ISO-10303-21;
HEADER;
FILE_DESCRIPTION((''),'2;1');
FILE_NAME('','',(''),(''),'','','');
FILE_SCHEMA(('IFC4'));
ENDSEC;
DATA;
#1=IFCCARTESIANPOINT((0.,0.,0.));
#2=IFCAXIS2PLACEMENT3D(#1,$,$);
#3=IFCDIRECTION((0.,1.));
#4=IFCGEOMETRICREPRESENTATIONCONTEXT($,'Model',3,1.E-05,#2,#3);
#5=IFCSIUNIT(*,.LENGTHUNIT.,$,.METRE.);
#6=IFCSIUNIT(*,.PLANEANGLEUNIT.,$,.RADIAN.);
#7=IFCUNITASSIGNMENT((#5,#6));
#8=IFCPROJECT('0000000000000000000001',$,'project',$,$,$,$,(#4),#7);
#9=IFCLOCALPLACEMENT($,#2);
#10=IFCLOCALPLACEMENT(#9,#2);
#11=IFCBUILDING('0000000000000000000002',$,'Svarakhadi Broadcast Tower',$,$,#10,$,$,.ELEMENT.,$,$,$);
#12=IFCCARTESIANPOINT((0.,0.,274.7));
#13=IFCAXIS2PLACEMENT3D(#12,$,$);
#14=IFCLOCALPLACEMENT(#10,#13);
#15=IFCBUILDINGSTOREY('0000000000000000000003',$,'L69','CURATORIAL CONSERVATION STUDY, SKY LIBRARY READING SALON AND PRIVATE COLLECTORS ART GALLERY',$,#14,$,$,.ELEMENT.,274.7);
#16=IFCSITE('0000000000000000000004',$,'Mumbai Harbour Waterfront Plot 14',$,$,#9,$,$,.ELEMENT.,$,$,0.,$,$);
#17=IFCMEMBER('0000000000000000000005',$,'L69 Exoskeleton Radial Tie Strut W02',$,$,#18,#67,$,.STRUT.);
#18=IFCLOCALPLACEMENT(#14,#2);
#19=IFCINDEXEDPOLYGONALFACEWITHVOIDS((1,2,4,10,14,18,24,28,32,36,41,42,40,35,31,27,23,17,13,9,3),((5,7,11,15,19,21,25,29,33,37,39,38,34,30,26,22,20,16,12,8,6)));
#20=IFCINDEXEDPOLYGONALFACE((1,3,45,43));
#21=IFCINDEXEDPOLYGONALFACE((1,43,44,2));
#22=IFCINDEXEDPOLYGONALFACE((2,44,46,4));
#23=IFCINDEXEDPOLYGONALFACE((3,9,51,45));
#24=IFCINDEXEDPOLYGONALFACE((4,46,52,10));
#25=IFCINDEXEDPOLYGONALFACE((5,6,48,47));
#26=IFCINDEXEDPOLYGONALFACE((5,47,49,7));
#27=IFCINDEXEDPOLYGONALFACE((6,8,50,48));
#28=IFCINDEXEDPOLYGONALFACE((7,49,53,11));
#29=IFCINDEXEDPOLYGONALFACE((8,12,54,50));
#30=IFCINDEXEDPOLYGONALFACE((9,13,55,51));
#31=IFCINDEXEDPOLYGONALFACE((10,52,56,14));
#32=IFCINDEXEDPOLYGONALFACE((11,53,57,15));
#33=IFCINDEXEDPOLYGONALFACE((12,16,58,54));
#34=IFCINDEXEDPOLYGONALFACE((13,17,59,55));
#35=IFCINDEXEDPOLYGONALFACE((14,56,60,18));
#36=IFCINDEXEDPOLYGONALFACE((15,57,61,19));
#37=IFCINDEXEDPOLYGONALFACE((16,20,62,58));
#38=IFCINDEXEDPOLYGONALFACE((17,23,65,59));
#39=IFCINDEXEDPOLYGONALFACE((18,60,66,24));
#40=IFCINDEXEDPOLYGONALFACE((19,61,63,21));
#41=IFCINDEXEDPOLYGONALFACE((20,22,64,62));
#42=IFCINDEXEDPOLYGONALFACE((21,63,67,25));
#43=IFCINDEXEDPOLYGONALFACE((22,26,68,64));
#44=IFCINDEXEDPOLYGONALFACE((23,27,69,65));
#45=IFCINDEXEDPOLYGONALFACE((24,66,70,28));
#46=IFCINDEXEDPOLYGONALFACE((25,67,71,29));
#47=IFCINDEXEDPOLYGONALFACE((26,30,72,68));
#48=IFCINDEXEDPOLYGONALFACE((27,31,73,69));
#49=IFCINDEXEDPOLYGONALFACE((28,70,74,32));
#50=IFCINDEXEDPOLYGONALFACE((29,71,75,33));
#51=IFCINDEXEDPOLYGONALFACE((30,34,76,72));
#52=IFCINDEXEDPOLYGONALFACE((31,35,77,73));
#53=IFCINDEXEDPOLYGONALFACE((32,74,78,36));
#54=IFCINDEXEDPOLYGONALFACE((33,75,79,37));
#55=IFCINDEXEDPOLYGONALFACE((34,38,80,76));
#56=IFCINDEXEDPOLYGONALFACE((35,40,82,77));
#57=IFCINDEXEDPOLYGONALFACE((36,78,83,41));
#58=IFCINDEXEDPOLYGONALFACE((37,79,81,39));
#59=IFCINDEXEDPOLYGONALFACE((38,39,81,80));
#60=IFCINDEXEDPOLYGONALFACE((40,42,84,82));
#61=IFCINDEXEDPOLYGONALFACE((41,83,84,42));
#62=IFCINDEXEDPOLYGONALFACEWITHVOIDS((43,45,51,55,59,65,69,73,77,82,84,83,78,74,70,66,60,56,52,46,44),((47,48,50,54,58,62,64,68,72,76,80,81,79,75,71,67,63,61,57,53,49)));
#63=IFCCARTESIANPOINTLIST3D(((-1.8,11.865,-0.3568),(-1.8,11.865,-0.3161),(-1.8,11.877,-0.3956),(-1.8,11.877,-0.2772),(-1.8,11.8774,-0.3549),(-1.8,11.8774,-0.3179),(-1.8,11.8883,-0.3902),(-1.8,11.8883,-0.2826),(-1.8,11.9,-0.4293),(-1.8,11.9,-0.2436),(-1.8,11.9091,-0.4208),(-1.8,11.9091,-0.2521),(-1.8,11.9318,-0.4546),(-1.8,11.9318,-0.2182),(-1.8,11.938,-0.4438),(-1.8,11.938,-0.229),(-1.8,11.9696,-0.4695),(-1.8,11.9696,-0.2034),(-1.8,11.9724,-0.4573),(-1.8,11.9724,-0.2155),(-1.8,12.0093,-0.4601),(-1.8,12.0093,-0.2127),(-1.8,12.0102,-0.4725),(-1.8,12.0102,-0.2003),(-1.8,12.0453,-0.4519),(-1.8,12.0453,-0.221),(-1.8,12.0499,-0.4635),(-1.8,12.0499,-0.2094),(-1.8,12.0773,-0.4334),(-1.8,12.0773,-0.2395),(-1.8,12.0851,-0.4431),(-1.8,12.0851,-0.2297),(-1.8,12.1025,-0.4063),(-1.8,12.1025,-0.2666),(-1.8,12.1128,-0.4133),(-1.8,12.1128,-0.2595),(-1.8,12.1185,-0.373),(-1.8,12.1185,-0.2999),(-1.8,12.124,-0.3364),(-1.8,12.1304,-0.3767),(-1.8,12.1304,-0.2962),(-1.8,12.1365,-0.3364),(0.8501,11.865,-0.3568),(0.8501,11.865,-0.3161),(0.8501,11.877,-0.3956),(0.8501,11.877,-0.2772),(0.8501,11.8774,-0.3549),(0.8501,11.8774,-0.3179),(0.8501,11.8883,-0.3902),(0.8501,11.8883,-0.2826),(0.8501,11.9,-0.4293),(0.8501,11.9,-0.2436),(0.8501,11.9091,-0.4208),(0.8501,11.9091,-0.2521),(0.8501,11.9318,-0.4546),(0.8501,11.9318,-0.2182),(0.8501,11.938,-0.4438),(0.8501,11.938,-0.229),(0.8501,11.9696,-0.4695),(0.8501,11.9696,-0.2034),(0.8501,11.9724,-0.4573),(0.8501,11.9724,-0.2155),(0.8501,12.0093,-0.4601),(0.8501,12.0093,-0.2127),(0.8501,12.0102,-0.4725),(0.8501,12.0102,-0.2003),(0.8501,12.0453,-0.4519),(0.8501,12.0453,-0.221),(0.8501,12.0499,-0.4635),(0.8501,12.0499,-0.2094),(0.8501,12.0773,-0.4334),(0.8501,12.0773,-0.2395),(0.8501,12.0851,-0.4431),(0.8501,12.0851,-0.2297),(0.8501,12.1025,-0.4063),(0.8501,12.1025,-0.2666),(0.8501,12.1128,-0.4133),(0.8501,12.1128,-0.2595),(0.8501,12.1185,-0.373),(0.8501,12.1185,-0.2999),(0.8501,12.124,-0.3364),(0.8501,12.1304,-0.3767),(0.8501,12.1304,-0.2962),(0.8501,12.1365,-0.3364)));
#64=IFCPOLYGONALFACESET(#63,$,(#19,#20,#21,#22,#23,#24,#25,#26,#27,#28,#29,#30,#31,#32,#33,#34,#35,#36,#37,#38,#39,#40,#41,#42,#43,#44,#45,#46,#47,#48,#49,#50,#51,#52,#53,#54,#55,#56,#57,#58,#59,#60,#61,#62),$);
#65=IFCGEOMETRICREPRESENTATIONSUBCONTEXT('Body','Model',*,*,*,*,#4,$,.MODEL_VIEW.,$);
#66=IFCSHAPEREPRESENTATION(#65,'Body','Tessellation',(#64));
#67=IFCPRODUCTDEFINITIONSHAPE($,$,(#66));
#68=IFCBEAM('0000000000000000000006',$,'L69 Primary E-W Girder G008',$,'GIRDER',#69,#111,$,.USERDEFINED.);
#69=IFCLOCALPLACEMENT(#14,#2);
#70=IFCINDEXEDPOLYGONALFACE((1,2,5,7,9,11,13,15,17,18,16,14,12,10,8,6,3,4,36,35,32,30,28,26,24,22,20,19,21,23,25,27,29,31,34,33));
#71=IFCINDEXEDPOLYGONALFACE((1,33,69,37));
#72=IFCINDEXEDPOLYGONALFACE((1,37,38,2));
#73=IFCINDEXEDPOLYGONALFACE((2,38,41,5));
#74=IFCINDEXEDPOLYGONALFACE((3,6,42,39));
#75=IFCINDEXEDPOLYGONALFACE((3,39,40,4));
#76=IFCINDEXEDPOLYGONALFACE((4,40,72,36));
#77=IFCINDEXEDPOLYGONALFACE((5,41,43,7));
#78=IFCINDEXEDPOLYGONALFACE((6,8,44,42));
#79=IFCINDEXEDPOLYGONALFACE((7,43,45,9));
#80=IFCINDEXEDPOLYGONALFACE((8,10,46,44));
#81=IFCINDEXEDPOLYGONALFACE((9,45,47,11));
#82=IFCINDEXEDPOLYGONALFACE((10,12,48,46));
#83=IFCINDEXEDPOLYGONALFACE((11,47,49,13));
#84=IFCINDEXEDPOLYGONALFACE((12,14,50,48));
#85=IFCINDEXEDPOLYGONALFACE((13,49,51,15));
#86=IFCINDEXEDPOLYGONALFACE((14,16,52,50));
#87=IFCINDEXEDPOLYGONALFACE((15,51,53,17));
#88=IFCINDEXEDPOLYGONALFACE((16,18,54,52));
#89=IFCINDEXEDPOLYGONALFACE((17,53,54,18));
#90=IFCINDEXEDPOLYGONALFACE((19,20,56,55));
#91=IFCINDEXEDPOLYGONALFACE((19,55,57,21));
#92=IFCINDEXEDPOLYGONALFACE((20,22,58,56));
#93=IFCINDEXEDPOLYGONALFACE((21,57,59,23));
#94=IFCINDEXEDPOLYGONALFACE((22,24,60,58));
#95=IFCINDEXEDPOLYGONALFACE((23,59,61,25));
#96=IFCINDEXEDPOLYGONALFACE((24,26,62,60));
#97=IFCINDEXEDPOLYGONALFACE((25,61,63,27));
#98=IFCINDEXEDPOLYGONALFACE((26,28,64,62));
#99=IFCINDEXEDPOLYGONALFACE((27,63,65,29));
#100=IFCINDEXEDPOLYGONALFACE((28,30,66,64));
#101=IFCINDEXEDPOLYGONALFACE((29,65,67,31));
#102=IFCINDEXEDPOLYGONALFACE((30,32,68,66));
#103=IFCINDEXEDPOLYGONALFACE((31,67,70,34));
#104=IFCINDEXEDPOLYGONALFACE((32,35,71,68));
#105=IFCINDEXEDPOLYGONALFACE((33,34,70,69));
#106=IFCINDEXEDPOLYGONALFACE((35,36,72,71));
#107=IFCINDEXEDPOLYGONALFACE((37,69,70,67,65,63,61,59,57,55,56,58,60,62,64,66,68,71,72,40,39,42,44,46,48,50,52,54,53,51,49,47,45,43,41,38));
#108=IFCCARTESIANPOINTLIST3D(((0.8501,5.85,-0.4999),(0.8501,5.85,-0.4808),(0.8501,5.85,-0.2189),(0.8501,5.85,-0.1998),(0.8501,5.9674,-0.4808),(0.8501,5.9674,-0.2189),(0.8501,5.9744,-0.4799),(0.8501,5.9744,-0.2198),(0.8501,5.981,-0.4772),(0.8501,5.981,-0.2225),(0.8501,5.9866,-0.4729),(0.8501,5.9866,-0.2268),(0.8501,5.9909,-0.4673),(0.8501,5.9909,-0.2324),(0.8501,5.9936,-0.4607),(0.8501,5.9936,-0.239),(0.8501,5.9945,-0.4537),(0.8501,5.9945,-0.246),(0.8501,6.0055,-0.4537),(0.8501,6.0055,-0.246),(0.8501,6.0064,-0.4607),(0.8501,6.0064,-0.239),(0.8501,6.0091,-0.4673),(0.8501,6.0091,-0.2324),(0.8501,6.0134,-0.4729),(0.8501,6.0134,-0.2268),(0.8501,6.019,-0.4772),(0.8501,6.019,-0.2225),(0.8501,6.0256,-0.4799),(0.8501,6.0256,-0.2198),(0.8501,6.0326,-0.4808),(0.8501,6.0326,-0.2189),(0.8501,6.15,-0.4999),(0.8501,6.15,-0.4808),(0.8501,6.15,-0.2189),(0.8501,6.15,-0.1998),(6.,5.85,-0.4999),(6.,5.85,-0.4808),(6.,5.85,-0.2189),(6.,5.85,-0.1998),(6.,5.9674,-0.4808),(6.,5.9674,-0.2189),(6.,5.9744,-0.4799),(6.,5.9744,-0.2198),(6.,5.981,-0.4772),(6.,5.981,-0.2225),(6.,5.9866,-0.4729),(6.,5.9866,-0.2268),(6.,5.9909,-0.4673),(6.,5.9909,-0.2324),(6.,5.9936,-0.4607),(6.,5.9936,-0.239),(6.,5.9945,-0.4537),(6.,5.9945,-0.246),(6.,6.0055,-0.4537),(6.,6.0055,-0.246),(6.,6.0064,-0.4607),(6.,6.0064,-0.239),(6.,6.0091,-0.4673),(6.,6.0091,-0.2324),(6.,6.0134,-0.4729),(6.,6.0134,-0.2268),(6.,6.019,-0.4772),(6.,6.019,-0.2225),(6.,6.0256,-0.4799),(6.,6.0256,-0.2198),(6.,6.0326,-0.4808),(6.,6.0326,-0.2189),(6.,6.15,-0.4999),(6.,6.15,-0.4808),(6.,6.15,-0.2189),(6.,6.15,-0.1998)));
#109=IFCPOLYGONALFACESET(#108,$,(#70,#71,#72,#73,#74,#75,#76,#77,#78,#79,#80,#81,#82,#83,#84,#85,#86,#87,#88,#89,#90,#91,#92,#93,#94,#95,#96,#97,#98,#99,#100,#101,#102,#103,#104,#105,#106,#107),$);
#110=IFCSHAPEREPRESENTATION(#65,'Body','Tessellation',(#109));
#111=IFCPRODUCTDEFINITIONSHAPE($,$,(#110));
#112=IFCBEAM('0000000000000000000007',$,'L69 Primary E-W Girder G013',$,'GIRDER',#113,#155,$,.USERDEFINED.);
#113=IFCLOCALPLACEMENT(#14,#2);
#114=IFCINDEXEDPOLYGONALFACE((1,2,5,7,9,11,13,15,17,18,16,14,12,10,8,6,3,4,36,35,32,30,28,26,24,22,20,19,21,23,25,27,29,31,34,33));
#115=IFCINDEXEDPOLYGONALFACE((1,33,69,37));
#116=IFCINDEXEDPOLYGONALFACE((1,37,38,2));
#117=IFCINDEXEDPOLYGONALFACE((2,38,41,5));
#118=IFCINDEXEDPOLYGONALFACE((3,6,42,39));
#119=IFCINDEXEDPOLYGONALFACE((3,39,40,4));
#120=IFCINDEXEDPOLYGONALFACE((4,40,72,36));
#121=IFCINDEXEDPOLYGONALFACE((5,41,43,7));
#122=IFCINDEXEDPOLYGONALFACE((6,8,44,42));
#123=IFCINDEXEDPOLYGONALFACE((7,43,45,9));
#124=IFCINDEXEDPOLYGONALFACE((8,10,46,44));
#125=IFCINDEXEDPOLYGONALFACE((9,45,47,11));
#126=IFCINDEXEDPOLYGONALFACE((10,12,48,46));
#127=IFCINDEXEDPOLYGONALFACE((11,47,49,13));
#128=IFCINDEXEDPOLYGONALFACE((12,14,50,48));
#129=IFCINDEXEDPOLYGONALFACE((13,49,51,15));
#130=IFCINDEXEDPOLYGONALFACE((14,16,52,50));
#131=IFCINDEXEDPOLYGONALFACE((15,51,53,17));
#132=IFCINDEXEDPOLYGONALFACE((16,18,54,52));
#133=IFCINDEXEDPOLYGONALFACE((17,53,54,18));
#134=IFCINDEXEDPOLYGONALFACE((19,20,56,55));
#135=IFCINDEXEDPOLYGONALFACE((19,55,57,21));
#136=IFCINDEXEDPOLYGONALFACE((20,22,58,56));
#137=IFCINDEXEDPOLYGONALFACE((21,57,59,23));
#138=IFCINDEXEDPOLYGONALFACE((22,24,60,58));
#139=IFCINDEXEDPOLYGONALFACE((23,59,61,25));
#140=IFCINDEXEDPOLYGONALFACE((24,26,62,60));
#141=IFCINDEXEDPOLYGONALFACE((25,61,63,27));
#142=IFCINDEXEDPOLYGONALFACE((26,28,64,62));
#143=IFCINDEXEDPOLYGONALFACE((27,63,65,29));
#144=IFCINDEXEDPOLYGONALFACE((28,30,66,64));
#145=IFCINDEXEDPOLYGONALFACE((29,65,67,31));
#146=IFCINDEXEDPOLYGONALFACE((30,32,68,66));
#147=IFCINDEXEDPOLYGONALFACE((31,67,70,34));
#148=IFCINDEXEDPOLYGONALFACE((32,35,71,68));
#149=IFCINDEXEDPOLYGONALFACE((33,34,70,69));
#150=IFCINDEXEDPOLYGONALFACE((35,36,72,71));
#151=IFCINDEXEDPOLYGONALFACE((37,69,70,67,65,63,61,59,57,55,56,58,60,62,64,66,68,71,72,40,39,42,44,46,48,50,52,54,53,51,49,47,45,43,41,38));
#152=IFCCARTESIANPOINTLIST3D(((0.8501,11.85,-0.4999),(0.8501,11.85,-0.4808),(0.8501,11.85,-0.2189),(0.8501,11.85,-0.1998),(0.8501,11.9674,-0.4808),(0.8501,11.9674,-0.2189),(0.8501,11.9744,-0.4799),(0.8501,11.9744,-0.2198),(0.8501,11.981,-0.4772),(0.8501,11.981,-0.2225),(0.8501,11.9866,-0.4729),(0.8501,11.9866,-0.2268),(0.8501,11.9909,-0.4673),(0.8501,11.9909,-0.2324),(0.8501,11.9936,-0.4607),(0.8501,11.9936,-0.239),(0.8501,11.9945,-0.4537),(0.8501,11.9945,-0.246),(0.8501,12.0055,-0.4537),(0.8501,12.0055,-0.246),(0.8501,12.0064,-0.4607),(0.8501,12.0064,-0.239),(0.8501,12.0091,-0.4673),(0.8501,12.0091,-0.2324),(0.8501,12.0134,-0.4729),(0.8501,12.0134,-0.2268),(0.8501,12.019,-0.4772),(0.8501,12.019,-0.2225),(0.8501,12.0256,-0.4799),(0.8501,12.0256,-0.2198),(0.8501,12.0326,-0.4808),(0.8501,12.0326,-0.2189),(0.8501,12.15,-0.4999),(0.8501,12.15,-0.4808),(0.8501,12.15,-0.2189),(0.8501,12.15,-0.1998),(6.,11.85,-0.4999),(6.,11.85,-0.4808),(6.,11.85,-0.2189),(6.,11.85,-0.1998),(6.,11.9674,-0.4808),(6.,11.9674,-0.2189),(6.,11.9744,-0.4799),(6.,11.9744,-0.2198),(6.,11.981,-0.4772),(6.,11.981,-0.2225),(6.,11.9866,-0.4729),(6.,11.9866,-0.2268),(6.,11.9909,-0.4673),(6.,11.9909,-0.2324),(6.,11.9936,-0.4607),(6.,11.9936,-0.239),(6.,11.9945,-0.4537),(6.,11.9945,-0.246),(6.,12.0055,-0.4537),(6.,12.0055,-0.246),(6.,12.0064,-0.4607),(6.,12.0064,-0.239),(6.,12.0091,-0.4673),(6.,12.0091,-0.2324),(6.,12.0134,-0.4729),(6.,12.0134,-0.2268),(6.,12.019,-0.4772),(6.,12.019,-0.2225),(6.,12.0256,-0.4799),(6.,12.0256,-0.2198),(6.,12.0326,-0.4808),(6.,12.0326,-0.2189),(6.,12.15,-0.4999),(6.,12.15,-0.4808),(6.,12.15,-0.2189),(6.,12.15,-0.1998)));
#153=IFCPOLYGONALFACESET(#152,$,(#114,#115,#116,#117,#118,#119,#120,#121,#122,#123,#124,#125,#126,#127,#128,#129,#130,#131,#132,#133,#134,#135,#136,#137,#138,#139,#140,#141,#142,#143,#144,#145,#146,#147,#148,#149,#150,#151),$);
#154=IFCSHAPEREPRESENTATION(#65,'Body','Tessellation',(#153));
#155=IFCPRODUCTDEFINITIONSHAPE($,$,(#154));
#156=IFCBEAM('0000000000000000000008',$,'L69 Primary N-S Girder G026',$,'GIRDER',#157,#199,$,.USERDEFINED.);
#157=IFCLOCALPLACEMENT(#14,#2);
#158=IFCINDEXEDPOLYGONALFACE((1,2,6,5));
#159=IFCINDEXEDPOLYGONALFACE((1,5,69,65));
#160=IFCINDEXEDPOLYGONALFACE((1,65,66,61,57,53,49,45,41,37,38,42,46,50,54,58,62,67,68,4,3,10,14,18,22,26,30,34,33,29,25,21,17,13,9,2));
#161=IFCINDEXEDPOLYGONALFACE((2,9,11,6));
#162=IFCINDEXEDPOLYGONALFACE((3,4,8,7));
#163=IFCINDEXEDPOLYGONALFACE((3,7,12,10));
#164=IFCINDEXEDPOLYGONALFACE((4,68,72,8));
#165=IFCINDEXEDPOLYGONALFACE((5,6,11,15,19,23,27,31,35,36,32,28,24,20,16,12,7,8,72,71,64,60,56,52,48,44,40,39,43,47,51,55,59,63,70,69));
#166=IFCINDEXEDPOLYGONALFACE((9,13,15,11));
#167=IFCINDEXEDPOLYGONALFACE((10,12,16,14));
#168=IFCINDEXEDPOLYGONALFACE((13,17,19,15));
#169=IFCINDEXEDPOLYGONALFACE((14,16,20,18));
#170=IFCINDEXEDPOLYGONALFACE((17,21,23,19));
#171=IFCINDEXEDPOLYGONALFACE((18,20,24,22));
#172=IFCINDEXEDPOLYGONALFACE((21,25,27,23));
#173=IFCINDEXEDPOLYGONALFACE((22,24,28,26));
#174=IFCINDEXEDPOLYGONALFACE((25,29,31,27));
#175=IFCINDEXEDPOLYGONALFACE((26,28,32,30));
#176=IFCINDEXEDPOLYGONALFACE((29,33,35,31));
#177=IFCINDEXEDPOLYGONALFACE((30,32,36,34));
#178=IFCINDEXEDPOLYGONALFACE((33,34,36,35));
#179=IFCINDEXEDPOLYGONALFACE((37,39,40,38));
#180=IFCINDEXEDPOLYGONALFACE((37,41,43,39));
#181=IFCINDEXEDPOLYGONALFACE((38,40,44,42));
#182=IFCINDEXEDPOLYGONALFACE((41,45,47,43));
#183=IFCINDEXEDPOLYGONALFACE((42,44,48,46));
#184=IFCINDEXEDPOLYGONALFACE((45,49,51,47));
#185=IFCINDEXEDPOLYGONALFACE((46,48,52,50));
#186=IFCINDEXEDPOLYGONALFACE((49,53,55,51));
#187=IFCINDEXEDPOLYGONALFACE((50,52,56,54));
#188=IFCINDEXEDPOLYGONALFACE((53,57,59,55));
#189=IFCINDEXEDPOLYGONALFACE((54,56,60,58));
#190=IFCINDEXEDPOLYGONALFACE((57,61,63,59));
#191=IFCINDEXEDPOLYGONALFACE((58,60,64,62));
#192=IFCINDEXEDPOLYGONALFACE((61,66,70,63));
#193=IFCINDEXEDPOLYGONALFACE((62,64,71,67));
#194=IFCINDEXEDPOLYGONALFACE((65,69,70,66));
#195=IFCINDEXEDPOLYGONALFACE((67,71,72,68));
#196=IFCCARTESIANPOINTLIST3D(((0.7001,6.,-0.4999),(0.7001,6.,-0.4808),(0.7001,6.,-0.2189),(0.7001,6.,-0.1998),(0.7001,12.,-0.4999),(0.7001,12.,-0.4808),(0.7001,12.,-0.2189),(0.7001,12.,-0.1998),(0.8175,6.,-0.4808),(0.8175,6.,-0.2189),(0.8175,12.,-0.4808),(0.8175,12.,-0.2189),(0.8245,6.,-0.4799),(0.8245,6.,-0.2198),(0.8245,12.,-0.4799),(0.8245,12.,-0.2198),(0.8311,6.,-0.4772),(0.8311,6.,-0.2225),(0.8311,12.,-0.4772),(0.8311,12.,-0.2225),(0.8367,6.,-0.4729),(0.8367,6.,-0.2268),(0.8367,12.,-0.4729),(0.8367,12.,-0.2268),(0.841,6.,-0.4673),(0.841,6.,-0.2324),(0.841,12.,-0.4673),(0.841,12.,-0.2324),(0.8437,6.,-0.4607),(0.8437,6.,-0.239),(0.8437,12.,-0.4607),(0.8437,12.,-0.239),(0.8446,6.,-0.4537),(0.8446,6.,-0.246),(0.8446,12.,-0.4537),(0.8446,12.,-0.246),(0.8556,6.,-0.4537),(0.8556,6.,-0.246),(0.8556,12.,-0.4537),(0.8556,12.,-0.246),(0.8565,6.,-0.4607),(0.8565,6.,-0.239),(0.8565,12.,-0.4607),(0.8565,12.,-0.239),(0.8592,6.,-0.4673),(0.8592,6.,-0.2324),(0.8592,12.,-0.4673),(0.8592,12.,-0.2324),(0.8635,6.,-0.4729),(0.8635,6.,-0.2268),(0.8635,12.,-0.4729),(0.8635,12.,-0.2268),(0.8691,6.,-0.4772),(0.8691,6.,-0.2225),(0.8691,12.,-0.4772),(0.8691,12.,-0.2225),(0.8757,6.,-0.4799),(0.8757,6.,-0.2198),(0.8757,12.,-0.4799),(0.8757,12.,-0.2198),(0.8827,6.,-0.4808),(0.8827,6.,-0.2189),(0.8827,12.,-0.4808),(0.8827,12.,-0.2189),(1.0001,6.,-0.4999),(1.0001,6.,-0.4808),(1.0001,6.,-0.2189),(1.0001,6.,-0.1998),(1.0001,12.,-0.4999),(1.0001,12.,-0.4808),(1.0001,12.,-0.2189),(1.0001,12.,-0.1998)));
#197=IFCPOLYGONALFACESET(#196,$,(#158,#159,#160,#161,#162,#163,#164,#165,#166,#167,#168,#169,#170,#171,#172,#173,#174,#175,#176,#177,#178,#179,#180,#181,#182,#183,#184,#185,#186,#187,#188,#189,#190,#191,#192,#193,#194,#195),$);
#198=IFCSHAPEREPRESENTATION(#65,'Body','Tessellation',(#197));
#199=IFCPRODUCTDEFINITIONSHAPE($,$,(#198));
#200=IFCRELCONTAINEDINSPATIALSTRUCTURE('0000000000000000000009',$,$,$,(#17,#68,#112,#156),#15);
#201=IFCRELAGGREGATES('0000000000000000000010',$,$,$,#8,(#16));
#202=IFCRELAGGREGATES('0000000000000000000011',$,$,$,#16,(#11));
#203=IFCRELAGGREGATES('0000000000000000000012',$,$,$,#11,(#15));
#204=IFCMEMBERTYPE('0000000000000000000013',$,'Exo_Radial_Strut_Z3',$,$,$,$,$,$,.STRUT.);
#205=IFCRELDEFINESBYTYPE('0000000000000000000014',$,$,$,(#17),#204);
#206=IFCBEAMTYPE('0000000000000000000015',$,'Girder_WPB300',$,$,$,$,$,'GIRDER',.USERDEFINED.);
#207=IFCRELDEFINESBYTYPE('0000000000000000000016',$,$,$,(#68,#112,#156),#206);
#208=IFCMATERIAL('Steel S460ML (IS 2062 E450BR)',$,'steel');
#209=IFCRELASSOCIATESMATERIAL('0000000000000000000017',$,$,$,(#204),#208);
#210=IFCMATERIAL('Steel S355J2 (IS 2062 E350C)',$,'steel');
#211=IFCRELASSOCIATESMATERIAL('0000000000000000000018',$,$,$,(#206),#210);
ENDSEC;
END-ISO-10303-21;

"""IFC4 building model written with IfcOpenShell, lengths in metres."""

from ifc_helpers import new_model, si_unit, direction, frame, origin, origin_2d, place, context, subcontext, project, spatial, hollow_circle, i_section, extrude, material, material_profile, profile_set, type_object, element, save


model = new_model("IFC4")

# Units and contexts
model_context = context("Model", 3, precision=1e-05, world=origin(), true_north=direction((0.0, 1.0)))
body_context = subcontext(model_context, "Body", "Model", "MODEL_VIEW")
ifc_project = project(units=[si_unit("LENGTHUNIT", "METRE"), si_unit("PLANEANGLEUNIT", "RADIAN")], contexts=[model_context])

# Site, building, storey
site_placement = place(None, origin())
site = spatial("IfcSite", under=ifc_project, at=site_placement, Name="Mumbai Harbour Waterfront Plot 14", CompositionType="ELEMENT", RefElevation=0.0)
building_placement = place(site_placement, origin())
building = spatial("IfcBuilding", under=site, at=building_placement, Name="Svarakhadi Broadcast Tower", CompositionType="ELEMENT")
storey_placement = place(building_placement, frame((0.0, 0.0, 274.7)))
storey = spatial("IfcBuildingStorey", under=building, at=storey_placement, Name="L69", Description="CURATORIAL CONSERVATION STUDY, SKY LIBRARY READING SALON AND PRIVATE COLLECTORS ART GALLERY", CompositionType="ELEMENT", Elevation=274.7)

# Shared definitions
ifc_material_1 = material(Name="Steel S460ML (IS 2062 E450BR)", Category="steel")

# Shared definitions
ifc_material_2 = material(Name="Steel S355J2 (IS 2062 E350C)", Category="steel")

# Member
ifc_material_profile_1 = material_profile(ifc_material_1, hollow_circle(Radius=0.1365, WallThickness=0.0125, at=origin_2d()), Name="CHS 273x12.5")
ifc_profile_set_1 = profile_set([ifc_material_profile_1], Name="Steel S460ML (IS 2062 E450BR)")
member_type_1 = type_object("IfcMemberType", Name="Exo_Radial_Strut_Z3", PredefinedType="STRUT", material=ifc_profile_set_1)
member_1_placement = place(storey_placement, frame((-1.8, 12.0, -0.3364), z_axis=(1.0, 0.0, 0.0), x_axis=(0.0, 1.0, 0.0)))
element("IfcMember", 1, at=member_1_placement, inside=storey, type_object=member_type_1, Name="L69 Exoskeleton Radial Tie Strut W02", PredefinedType="STRUT", context=body_context, shape_type="SweptSolid", body=[
    extrude(hollow_circle(Radius=0.1365, WallThickness=0.0125, at=origin_2d()), origin(), (0.0, 0.0, 1.0), 2.6501),
])

# Beams
ifc_material_profile_2 = material_profile(ifc_material_2, i_section(OverallWidth=0.3, OverallDepth=0.3, WebThickness=0.011, FlangeThickness=0.019, FilletRadius=0.0271, at=origin_2d()), Name="WPB 300x300x117")
ifc_profile_set_2 = profile_set([ifc_material_profile_2], Name="Steel S355J2 (IS 2062 E350C)")
beam_type_1 = type_object("IfcBeamType", Name="Girder_WPB300", ElementType="GIRDER", PredefinedType="USERDEFINED", material=ifc_profile_set_2)
for number, where, z_axis, x_axis, name in (
    (2, (0.8501, 6.0, -0.3499), (1.0, 0.0, 0.0), (0.0, 1.0, 0.0), "L69 Primary E-W Girder G008"),
    (3, (0.8501, 12.0, -0.3499), (1.0, 0.0, 0.0), (0.0, 1.0, 0.0), "L69 Primary E-W Girder G013"),
):
    element("IfcBeam", number, at=place(storey_placement, frame(where, z_axis=z_axis, x_axis=x_axis)), inside=storey, type_object=beam_type_1, Name=name, ObjectType="GIRDER", PredefinedType="USERDEFINED", context=body_context, shape_type="SweptSolid", body=[
        extrude(i_section(OverallWidth=0.3, OverallDepth=0.3, WebThickness=0.011, FlangeThickness=0.019, FilletRadius=0.0271, at=origin_2d()), origin(), (0.0, 0.0, 1.0), 5.1499),
    ])
for number, where, z_axis, x_axis, name in (
    (4, (0.8501, 6.0, -0.3499), (0.0, 1.0, 0.0), (-1.0, 0.0, 0.0), "L69 Primary N-S Girder G026"),
):
    element("IfcBeam", number, at=place(storey_placement, frame(where, z_axis=z_axis, x_axis=x_axis)), inside=storey, type_object=beam_type_1, Name=name, ObjectType="GIRDER", PredefinedType="USERDEFINED", context=body_context, shape_type="SweptSolid", body=[
        extrude(i_section(OverallWidth=0.3, OverallDepth=0.3, WebThickness=0.011, FlangeThickness=0.019, FilletRadius=0.0271, at=origin_2d()), origin(), (0.0, 0.0, 1.0), 6.0),
    ])

save(model, "model.ifc")
